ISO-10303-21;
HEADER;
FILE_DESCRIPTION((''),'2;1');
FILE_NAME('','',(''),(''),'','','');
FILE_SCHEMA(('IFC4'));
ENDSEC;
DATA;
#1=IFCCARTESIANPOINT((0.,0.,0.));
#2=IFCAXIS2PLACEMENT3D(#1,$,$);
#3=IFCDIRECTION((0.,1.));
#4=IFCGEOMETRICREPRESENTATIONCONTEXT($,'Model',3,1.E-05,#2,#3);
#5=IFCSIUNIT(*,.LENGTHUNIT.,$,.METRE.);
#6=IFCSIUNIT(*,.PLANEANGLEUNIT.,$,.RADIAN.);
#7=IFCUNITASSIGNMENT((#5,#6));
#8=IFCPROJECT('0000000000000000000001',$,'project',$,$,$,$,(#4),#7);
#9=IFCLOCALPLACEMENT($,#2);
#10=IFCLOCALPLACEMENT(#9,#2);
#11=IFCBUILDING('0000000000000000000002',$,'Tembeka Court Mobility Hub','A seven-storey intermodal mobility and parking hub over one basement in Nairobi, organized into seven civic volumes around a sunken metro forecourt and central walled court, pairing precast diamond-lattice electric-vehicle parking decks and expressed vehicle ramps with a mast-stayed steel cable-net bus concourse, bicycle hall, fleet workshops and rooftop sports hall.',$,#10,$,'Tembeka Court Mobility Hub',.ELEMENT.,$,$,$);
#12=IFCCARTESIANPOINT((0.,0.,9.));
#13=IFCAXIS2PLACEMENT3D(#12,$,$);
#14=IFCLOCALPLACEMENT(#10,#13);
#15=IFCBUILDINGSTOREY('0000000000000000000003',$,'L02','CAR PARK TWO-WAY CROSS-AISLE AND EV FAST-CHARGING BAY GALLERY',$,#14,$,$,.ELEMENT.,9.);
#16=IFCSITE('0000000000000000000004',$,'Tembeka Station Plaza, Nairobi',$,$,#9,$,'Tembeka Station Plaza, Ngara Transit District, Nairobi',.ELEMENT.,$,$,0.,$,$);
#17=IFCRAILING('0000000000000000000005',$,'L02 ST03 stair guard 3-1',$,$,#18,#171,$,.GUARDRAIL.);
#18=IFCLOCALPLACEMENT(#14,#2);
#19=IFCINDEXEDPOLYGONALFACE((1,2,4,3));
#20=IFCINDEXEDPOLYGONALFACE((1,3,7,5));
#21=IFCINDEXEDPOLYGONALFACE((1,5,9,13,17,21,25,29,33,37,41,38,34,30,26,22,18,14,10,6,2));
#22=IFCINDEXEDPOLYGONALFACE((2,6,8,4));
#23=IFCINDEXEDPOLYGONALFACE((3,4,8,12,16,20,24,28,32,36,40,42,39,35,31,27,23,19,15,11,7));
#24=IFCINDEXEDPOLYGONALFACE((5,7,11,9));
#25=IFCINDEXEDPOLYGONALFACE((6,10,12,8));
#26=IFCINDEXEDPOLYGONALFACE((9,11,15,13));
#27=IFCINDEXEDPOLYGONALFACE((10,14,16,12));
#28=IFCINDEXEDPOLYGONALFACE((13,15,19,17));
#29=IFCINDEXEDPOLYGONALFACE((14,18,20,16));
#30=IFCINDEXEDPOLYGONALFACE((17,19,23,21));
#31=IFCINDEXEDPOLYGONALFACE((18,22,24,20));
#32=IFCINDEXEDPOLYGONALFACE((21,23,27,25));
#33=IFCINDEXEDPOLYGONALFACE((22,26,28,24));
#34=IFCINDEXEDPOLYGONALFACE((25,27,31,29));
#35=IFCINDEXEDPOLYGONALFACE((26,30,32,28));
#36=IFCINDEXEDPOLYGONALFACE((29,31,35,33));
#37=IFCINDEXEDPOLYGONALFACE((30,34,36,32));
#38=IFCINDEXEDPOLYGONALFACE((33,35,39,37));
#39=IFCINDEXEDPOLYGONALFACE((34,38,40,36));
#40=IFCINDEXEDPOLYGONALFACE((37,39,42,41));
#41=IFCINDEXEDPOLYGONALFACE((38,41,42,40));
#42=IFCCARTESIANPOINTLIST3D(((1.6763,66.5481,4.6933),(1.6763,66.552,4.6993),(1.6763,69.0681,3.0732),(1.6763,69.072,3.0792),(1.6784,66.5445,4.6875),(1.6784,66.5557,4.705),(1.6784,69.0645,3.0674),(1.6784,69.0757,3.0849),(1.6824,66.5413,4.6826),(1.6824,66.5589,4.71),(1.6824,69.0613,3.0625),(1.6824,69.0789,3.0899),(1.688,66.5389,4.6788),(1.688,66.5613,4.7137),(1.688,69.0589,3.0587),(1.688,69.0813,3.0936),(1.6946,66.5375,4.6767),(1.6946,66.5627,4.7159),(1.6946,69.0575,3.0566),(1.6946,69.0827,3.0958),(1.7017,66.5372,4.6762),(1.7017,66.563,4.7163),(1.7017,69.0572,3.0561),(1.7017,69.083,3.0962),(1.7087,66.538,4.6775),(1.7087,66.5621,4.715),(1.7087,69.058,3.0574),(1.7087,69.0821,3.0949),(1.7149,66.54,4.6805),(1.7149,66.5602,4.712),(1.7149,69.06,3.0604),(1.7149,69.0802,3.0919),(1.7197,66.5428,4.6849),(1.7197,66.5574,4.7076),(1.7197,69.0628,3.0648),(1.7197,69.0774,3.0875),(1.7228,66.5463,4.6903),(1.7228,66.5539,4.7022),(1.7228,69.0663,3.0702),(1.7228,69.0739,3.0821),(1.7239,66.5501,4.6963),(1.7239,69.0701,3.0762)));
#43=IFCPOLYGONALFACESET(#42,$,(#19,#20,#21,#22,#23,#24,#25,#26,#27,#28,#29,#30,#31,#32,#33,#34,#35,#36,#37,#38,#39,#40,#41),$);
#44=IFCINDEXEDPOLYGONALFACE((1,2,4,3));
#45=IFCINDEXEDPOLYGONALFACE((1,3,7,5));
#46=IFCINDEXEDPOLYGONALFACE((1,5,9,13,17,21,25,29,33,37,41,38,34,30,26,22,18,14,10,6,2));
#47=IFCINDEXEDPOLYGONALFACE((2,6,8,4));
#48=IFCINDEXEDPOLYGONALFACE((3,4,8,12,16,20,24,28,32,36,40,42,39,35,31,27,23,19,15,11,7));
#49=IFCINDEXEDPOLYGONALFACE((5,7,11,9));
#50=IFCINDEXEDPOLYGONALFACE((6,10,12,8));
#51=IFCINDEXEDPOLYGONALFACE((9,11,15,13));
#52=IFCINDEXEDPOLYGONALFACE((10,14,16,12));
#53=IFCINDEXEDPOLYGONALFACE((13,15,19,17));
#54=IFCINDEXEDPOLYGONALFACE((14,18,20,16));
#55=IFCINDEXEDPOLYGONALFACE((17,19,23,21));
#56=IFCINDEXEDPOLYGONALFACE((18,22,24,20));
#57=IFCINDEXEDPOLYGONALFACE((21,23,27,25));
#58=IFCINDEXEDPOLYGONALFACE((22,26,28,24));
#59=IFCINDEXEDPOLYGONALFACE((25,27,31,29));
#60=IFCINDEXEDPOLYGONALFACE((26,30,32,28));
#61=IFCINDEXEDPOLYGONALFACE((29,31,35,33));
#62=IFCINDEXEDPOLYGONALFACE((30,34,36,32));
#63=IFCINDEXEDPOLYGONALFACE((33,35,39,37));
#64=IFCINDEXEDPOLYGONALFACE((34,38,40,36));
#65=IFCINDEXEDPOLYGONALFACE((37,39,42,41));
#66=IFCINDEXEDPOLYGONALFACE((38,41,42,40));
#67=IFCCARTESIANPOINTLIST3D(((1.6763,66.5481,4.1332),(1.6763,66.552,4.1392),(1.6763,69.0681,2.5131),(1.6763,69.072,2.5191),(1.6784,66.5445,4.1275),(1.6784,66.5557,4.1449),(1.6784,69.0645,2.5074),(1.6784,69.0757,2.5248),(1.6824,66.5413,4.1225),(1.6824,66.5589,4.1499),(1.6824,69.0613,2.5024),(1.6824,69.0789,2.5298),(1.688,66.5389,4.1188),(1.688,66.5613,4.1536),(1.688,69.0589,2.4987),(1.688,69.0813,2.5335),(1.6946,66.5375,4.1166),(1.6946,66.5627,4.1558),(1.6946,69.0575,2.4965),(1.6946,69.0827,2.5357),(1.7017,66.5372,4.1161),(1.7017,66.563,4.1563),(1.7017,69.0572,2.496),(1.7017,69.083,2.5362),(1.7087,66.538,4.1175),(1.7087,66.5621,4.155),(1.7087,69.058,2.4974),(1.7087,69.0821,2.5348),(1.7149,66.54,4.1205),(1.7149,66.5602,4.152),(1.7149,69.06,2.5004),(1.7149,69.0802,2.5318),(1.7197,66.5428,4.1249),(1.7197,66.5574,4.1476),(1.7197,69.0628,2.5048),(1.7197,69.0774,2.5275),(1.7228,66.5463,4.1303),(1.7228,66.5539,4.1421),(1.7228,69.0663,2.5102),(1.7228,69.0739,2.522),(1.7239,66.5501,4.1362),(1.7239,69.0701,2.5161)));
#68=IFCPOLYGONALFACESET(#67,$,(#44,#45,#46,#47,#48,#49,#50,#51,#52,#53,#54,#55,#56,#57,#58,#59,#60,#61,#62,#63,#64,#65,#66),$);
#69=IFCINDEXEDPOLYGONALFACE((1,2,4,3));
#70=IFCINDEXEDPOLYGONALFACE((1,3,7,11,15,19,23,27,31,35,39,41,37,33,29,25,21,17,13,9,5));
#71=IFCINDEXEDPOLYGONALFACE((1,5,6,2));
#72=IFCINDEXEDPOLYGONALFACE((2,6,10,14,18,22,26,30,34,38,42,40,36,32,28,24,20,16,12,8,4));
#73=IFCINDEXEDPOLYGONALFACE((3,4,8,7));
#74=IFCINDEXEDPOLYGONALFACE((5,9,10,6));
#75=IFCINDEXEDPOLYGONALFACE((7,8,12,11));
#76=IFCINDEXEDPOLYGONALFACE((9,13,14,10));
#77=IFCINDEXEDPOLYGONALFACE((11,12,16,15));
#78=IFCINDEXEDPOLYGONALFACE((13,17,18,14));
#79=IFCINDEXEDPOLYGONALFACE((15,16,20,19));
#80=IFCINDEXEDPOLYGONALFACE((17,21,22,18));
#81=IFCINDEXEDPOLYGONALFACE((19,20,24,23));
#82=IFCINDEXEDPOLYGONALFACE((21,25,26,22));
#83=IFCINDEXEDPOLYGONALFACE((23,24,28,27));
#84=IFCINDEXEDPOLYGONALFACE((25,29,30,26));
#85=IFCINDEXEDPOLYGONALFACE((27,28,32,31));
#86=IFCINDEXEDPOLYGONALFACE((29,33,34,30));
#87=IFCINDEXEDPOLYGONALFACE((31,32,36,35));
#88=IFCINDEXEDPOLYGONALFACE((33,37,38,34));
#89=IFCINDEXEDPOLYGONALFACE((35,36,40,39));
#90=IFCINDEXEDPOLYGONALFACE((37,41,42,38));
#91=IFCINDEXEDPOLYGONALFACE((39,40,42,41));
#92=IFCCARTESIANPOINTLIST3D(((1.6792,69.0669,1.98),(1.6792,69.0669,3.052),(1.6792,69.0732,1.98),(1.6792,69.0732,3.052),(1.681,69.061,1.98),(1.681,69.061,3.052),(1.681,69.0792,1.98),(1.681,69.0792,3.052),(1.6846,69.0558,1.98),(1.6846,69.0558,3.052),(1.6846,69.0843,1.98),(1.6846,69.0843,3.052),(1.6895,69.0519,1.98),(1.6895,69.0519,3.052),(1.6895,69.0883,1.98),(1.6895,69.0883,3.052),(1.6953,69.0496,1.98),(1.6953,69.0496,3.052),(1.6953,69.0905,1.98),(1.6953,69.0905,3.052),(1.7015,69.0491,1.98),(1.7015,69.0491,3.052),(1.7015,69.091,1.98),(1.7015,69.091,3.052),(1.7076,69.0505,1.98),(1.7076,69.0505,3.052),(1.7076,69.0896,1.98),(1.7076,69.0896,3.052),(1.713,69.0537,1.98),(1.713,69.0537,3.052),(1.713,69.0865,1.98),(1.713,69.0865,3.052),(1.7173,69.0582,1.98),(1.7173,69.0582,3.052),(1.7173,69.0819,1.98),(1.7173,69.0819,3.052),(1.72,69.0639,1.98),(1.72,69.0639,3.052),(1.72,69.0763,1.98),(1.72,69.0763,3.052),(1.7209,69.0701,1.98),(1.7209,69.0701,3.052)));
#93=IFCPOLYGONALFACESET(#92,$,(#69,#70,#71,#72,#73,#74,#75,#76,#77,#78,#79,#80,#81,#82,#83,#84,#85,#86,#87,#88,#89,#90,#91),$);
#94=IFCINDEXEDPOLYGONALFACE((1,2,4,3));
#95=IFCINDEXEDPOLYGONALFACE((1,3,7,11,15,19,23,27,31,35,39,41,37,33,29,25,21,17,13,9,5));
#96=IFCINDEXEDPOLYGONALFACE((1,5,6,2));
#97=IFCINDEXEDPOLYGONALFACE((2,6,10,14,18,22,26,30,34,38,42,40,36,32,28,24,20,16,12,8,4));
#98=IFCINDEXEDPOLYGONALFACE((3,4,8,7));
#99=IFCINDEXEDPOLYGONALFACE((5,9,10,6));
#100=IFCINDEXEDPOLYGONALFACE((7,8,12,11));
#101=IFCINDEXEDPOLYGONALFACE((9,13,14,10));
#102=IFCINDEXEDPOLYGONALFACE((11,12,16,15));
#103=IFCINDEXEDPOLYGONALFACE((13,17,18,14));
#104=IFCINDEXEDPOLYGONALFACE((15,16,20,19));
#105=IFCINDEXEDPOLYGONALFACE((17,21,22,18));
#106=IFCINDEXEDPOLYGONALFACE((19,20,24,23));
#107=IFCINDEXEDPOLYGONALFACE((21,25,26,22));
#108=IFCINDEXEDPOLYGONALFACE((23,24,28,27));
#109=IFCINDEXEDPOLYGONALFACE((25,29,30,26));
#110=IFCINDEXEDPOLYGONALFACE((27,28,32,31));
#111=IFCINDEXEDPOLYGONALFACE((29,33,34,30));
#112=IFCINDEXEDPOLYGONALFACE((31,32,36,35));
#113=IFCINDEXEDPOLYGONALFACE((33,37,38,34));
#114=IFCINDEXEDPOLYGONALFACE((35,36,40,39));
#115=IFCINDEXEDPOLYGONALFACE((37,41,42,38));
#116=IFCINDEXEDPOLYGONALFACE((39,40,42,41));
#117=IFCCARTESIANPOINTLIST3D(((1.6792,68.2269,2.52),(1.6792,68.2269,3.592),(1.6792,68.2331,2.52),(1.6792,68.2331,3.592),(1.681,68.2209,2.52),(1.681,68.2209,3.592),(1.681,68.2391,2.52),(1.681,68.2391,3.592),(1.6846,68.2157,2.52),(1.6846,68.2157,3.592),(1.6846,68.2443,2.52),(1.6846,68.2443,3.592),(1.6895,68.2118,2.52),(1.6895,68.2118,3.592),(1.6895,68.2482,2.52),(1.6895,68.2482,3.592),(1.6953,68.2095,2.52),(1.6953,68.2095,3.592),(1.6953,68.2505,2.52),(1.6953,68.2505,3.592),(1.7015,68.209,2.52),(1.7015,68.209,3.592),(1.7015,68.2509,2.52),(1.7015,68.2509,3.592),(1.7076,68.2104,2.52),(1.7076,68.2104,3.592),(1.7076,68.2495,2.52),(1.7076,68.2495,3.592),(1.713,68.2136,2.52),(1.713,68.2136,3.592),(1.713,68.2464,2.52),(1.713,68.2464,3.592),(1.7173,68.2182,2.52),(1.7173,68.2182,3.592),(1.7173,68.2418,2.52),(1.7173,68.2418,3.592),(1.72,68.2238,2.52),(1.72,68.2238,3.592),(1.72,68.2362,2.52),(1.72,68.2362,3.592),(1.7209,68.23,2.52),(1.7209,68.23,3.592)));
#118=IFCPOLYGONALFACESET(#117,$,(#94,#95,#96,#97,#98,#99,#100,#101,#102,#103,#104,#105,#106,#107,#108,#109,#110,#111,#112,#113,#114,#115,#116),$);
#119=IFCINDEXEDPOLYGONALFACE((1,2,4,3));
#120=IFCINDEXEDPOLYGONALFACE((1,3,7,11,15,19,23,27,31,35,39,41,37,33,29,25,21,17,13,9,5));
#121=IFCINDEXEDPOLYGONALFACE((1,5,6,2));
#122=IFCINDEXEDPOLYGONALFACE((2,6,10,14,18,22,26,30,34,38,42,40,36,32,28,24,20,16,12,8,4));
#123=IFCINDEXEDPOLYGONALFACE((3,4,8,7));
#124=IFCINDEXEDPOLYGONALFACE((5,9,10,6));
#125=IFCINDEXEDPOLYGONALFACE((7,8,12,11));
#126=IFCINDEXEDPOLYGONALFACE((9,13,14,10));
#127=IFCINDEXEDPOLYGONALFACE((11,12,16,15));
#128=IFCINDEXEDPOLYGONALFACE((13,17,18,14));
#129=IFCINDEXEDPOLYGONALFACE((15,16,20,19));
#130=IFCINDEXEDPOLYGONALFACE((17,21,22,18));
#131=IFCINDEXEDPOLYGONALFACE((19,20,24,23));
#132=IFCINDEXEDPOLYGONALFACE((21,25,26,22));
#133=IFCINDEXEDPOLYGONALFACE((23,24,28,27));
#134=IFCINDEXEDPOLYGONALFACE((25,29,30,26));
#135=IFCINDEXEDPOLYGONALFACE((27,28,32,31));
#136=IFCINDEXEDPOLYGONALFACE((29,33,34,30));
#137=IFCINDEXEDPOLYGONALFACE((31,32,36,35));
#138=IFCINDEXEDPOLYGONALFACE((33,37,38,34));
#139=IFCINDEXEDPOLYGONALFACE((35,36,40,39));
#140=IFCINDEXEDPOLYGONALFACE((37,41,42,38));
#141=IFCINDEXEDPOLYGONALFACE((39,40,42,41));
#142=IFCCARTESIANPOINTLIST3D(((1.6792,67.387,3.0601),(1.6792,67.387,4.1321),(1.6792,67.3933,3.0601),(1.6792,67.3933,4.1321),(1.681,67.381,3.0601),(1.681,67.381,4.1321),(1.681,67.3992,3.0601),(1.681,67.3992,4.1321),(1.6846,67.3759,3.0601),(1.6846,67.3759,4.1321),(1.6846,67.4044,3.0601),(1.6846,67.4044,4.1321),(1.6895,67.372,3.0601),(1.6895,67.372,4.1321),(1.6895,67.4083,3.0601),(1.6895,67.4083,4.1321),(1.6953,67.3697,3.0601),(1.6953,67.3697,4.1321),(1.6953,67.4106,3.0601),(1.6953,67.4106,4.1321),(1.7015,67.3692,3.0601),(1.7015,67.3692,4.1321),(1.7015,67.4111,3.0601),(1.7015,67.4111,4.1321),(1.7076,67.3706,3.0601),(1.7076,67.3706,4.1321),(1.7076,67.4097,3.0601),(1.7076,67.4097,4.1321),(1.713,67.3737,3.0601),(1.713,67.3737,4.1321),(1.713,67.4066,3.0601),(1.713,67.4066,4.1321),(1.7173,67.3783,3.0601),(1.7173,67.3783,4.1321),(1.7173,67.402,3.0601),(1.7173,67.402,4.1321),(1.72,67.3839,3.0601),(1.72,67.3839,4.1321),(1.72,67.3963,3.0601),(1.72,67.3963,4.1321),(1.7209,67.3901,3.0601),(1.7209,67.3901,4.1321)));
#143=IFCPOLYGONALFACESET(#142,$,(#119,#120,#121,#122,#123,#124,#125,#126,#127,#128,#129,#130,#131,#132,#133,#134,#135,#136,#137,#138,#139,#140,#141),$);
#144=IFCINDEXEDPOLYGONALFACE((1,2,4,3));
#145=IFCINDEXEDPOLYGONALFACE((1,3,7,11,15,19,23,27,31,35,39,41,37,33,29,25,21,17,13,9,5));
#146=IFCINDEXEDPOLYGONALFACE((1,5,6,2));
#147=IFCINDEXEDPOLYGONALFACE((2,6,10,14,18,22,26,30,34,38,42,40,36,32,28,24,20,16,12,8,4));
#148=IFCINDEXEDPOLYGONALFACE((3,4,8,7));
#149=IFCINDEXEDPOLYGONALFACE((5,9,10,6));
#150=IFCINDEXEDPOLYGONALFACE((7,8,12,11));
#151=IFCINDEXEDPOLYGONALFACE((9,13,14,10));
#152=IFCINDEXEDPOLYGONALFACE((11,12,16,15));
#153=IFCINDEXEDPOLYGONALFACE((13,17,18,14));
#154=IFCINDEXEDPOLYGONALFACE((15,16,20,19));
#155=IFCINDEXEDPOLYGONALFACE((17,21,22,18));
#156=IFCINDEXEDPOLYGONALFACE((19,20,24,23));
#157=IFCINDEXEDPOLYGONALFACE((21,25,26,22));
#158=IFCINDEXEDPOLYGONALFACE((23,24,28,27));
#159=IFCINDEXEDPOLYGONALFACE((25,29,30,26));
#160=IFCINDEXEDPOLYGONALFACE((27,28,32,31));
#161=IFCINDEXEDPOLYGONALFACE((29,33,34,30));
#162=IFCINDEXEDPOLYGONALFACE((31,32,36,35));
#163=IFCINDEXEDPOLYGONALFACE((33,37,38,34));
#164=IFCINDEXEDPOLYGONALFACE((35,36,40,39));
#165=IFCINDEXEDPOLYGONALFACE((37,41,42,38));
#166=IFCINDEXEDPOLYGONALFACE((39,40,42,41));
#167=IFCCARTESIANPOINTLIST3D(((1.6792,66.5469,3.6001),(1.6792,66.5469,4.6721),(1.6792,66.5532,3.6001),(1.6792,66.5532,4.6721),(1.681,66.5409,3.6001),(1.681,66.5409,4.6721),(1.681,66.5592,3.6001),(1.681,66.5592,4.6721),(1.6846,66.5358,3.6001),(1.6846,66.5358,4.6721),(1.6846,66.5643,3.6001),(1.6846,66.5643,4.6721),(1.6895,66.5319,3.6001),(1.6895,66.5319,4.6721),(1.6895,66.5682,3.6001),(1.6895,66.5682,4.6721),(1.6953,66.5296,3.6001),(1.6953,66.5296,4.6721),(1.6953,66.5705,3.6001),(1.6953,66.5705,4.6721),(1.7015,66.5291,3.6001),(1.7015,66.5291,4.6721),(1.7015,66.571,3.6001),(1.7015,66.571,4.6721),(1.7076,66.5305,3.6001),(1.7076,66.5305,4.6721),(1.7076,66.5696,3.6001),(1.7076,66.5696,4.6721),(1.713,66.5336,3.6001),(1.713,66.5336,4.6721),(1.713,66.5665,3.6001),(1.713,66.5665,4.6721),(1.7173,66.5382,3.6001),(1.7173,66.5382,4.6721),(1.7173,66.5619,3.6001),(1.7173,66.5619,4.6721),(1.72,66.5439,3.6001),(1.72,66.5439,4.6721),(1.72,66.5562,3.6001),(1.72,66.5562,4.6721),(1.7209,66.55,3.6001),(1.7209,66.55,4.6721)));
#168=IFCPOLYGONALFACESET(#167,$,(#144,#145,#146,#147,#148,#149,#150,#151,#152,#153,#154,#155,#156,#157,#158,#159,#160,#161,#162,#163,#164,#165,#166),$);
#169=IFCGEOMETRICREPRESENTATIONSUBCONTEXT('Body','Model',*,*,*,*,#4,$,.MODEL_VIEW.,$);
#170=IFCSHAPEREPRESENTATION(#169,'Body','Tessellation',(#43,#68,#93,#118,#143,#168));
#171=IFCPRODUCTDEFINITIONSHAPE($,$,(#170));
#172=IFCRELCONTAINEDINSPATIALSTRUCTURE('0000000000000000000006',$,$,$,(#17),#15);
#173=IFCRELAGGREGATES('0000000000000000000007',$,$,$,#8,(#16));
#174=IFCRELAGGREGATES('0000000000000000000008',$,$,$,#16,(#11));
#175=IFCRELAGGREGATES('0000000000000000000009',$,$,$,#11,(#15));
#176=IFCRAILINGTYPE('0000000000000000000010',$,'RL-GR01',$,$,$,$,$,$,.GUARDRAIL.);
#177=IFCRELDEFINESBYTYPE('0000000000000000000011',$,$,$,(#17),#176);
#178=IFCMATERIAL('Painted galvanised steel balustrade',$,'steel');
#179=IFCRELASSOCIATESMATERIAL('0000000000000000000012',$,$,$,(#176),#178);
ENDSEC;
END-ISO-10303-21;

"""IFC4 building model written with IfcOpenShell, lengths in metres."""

from ifc_helpers import new_model, si_unit, direction, frame, origin, origin_2d, place, context, subcontext, project, spatial, circle, extrude, material, type_object, element, save


model = new_model("IFC4")

# Units and contexts
model_context = context("Model", 3, precision=1e-05, world=origin(), true_north=direction((0.0, 1.0)))
body_context = subcontext(model_context, "Body", "Model", "MODEL_VIEW")
ifc_project = project(units=[si_unit("LENGTHUNIT", "METRE"), si_unit("PLANEANGLEUNIT", "RADIAN")], contexts=[model_context])

# Site, building, storey
site_placement = place(None, origin())
site = spatial("IfcSite", under=ifc_project, at=site_placement, Name="Tembeka Station Plaza, Nairobi", LongName="Tembeka Station Plaza, Ngara Transit District, Nairobi", CompositionType="ELEMENT", RefElevation=0.0)
building_placement = place(site_placement, origin())
building = spatial("IfcBuilding", under=site, at=building_placement, Name="Tembeka Court Mobility Hub", Description="A seven-storey intermodal mobility and parking hub over one basement in Nairobi, organized into seven civic volumes around a sunken metro forecourt and central walled court, pairing precast diamond-lattice electric-vehicle parking decks and expressed vehicle ramps with a mast-stayed steel cable-net bus concourse, bicycle hall, fleet workshops and rooftop sports hall.", LongName="Tembeka Court Mobility Hub", CompositionType="ELEMENT")
storey_placement = place(building_placement, frame((0.0, 0.0, 9.0)))
storey = spatial("IfcBuildingStorey", under=building, at=storey_placement, Name="L02", Description="CAR PARK TWO-WAY CROSS-AISLE AND EV FAST-CHARGING BAY GALLERY", CompositionType="ELEMENT", Elevation=9.0)

# Railing
ifc_material_1 = material(Name="Painted galvanised steel balustrade", Category="steel")
railing_type_1 = type_object("IfcRailingType", Name="RL-GR01", PredefinedType="GUARDRAIL", material=ifc_material_1)
railing_1_placement = place(storey_placement, frame((1.7, 69.0701, 1.98)))
element("IfcRailing", 1, at=railing_1_placement, inside=storey, type_object=railing_type_1, Name="L02 ST03 stair guard 3-1", PredefinedType="GUARDRAIL", context=body_context, shape_type="SweptSolid", body=[
    extrude(circle(Radius=0.0239, at=origin_2d()), frame((0.0, 0.0, 1.0962), z_axis=(0.0, -0.841163, 0.540782), x_axis=(1.0, 0.0, 0.0)), (0.0, 0.0, 1.0), 2.9958),
    extrude(circle(Radius=0.0239, at=origin_2d()), frame((0.0, 0.0, 0.5361), z_axis=(0.0, -0.841163, 0.540782), x_axis=(1.0, 0.0, 0.0)), (0.0, 0.0, 1.0), 2.9958),
    extrude(circle(Radius=0.021, at=origin_2d()), origin(), (0.0, 0.0, 1.0), 1.072),
    extrude(circle(Radius=0.021, at=origin_2d()), frame((0.0, -0.8401, 0.54)), (0.0, 0.0, 1.0), 1.072),
    extrude(circle(Radius=0.021, at=origin_2d()), frame((0.0, -1.6799, 1.0801)), (0.0, 0.0, 1.0), 1.072),
    extrude(circle(Radius=0.021, at=origin_2d()), frame((0.0, -2.52, 1.6201)), (0.0, 0.0, 1.0), 1.072),
])

save(model, "model.ifc")
